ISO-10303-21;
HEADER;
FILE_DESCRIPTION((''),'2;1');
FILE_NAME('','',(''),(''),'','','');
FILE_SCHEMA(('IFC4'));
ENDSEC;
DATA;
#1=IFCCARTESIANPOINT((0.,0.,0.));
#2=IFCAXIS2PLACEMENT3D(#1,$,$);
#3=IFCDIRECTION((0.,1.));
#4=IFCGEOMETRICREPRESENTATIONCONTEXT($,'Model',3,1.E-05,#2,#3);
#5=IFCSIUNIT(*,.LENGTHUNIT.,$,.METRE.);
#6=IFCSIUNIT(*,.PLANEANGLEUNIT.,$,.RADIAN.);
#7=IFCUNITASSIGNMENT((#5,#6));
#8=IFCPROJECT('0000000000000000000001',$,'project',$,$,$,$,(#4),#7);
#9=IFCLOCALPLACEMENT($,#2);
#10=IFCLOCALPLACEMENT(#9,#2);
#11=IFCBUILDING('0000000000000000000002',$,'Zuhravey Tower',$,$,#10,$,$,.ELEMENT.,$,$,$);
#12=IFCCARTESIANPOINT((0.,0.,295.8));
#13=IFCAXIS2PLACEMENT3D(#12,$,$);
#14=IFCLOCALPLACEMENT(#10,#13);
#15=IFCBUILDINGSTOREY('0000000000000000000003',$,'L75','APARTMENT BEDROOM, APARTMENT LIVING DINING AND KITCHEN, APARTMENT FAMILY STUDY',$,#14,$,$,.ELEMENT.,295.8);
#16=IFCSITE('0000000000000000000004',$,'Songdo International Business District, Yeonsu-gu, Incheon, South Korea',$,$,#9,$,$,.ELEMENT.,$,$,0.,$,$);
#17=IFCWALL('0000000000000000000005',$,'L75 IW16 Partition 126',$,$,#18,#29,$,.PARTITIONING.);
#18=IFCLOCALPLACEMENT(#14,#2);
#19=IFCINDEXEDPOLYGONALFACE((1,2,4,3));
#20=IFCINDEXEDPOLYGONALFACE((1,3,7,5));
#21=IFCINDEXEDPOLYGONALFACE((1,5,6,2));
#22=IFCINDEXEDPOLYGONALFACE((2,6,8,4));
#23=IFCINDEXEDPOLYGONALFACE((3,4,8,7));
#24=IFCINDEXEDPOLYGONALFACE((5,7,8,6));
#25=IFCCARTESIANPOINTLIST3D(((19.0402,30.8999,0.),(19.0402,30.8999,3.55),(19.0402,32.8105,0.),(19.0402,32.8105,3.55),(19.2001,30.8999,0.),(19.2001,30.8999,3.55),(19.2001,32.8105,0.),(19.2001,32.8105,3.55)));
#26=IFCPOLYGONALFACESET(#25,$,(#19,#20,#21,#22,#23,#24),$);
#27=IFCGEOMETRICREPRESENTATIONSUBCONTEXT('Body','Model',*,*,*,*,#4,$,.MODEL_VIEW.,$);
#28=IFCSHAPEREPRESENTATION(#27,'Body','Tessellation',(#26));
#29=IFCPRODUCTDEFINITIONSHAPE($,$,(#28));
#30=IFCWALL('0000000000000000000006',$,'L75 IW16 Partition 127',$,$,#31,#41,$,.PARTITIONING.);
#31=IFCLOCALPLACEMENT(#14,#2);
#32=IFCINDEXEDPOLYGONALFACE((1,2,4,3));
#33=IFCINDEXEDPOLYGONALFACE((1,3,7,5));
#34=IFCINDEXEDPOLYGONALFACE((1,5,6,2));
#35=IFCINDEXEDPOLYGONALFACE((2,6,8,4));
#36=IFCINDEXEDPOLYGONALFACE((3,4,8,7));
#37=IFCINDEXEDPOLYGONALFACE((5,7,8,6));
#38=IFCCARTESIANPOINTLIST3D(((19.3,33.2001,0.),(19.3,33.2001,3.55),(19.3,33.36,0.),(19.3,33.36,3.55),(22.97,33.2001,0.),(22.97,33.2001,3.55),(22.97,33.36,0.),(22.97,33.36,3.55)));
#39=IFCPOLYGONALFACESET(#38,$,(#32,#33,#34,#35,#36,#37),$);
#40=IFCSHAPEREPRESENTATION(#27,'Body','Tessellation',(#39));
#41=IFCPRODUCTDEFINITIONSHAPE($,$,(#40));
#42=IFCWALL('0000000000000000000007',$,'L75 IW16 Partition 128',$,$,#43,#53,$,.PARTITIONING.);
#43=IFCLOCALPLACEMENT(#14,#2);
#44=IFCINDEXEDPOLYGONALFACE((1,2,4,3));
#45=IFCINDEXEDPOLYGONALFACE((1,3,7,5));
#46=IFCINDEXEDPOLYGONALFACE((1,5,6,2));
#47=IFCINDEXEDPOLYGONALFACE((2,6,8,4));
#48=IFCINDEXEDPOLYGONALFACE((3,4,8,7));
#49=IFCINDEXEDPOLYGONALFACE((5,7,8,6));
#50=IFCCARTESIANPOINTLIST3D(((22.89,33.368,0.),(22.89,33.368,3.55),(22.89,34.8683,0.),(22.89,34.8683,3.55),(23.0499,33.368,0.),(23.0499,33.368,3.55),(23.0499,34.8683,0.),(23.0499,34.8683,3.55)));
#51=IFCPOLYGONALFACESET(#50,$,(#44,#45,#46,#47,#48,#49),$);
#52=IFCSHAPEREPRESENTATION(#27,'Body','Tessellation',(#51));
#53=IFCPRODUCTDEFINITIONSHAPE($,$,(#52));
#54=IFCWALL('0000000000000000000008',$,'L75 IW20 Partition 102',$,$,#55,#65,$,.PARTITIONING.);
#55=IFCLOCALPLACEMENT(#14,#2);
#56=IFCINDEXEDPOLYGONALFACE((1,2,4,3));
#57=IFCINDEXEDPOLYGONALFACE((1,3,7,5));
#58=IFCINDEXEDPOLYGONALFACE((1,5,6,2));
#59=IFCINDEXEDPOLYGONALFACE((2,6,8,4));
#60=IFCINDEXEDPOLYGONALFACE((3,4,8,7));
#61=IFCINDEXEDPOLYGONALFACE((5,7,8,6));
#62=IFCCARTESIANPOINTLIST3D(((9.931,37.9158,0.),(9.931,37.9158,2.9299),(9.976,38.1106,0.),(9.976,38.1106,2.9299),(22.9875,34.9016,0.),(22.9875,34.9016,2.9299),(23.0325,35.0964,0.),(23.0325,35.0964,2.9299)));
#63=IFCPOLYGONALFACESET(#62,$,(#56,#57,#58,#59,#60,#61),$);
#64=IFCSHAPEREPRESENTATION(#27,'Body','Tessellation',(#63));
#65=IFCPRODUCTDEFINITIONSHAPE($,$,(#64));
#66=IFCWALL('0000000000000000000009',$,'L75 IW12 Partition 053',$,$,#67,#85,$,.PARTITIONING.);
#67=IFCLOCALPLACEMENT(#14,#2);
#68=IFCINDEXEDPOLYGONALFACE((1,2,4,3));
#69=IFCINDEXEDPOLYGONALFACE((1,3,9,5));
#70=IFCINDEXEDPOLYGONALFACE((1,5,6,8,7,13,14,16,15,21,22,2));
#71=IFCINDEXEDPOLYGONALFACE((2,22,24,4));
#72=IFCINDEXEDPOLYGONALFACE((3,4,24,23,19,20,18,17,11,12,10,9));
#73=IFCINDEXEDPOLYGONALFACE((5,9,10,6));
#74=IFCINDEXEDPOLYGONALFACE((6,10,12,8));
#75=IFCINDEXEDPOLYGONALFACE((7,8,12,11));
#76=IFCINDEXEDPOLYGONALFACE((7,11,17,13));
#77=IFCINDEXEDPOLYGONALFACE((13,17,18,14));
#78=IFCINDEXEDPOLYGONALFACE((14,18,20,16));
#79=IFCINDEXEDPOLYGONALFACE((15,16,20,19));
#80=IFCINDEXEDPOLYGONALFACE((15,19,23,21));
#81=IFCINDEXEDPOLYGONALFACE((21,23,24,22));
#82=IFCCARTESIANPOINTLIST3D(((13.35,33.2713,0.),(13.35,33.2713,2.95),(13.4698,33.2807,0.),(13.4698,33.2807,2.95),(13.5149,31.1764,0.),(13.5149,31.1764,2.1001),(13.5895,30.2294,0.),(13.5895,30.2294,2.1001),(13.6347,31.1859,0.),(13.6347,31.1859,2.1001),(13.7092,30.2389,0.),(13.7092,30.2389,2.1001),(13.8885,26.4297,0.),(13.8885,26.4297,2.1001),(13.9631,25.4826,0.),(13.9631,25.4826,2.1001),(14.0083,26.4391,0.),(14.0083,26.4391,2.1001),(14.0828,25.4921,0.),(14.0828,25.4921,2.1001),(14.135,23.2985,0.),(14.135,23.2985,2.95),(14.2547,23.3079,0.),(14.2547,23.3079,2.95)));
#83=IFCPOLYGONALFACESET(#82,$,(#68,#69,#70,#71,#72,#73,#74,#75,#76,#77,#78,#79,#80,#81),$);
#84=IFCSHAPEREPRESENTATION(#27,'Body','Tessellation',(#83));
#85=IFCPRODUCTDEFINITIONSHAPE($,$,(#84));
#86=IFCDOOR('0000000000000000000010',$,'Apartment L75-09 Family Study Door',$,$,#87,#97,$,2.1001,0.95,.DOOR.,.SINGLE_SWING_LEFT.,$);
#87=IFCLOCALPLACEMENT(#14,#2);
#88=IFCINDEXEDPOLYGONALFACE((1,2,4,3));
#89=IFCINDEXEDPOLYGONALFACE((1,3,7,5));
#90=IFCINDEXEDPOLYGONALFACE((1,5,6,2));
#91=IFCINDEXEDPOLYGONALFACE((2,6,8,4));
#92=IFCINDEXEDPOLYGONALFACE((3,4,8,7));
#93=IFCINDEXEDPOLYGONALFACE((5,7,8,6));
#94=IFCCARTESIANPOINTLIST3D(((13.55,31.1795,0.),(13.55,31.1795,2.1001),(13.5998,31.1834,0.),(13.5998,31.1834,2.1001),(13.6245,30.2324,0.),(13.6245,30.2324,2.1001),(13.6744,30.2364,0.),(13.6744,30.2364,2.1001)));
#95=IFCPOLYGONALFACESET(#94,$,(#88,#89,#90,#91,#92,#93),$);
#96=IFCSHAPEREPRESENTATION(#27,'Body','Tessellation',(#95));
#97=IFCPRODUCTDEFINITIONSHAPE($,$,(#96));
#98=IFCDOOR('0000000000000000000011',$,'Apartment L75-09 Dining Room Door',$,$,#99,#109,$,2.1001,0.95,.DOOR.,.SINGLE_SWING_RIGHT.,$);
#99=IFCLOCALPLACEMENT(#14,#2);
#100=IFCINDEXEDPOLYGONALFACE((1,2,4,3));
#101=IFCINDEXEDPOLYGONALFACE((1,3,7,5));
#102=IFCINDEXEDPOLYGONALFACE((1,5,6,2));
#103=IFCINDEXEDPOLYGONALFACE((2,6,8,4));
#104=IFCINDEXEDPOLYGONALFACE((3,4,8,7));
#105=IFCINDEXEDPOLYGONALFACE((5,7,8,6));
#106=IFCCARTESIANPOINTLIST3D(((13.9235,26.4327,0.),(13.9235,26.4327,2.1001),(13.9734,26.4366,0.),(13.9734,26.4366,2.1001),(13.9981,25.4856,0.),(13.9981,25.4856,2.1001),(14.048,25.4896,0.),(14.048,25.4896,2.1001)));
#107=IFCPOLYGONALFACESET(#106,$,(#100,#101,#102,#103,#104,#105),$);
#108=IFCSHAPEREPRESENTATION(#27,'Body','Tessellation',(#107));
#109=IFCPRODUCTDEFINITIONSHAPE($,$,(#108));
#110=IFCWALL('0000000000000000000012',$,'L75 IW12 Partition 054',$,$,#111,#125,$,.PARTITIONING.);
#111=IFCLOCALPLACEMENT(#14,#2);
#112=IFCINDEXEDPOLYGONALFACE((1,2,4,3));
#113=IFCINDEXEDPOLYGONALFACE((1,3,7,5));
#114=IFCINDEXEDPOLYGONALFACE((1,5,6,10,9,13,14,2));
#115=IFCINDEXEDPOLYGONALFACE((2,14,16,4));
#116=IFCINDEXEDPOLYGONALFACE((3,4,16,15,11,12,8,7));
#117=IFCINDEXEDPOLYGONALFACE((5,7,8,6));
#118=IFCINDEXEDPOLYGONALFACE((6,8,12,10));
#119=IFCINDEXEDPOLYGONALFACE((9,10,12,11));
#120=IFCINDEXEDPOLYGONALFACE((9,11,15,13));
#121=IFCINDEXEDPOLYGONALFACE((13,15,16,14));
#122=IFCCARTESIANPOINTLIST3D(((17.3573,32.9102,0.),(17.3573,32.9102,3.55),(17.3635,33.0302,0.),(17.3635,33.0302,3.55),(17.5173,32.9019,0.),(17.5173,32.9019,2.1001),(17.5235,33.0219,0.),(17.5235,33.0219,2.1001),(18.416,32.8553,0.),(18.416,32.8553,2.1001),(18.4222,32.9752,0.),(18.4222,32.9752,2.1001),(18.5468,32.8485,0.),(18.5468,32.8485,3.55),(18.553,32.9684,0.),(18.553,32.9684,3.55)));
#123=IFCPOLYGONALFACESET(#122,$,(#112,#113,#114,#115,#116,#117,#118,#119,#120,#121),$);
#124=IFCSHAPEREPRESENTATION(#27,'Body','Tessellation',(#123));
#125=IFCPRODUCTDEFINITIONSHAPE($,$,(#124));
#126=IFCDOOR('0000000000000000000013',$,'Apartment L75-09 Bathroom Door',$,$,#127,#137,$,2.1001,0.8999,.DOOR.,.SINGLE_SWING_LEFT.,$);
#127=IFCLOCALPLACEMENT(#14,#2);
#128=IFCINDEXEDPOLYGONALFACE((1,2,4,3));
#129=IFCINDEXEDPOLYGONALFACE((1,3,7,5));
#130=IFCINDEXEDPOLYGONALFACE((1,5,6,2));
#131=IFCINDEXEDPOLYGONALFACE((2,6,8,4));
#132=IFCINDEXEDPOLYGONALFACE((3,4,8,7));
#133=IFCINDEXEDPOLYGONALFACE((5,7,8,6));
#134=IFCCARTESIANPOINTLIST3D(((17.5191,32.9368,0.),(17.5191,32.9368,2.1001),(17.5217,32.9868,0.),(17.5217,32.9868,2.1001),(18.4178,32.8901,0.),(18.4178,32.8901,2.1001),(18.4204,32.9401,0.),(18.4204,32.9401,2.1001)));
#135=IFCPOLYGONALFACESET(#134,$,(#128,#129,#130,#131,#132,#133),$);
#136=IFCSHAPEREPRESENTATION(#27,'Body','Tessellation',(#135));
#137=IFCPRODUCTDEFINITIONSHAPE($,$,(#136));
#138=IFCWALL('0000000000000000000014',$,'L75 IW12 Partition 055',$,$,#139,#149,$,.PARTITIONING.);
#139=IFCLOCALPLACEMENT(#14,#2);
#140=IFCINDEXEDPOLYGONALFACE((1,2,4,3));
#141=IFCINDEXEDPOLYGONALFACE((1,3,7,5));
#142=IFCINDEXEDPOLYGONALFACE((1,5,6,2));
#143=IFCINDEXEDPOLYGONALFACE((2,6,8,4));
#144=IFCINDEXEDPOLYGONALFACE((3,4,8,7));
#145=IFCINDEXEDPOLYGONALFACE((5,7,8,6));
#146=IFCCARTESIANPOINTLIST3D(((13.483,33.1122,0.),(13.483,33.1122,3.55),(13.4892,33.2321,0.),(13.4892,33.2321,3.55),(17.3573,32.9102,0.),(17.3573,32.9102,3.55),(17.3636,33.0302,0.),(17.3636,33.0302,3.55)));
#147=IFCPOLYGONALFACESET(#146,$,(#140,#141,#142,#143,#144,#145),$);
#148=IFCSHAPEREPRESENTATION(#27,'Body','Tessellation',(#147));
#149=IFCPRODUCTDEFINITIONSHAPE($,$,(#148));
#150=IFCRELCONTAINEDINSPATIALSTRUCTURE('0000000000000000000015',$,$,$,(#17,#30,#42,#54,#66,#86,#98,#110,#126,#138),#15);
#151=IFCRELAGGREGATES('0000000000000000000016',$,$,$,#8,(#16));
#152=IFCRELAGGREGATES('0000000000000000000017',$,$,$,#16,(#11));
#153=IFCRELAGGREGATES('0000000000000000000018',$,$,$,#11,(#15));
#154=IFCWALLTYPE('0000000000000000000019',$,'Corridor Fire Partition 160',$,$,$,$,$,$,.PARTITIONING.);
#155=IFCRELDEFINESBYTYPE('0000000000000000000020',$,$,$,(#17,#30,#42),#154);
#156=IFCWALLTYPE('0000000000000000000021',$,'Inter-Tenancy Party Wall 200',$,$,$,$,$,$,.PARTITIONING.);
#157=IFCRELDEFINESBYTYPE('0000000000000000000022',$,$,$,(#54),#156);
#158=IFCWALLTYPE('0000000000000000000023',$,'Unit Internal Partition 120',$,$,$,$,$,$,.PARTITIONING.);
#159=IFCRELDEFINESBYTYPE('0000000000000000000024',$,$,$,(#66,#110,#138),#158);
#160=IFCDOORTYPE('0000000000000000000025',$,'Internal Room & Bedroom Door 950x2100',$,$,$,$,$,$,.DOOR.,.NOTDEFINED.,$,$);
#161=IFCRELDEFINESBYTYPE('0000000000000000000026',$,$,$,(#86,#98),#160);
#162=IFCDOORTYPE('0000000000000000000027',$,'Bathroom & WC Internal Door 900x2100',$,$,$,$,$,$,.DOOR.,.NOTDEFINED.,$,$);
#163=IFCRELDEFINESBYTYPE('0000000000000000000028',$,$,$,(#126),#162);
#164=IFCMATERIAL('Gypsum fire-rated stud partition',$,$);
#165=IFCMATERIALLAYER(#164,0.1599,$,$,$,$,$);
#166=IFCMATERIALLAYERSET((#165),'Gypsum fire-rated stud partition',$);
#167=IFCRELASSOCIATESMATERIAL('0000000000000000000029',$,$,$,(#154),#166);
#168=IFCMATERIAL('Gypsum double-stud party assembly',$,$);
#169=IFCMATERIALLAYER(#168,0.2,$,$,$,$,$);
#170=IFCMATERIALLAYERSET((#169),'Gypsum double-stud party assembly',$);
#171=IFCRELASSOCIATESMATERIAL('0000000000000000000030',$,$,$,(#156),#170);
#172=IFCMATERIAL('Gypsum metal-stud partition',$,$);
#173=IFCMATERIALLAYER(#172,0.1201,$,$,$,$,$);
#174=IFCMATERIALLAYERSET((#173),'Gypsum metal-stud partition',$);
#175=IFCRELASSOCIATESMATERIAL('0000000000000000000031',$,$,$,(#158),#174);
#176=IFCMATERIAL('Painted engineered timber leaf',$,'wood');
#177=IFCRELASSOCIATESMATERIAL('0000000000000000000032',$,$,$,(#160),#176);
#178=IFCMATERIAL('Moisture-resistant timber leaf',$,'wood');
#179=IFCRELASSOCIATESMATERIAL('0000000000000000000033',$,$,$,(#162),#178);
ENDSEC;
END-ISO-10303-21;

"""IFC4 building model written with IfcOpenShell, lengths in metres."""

from ifc_helpers import new_model, si_unit, direction, frame, frame_2d, origin, place, context, subcontext, project, spatial, rectangle, extrude, material, layer, layer_set, type_object, element, fill, save


model = new_model("IFC4")

# Units and contexts
model_context = context("Model", 3, precision=1e-05, world=origin(), true_north=direction((0.0, 1.0)))
body_context = subcontext(model_context, "Body", "Model", "MODEL_VIEW")
ifc_project = project(units=[si_unit("LENGTHUNIT", "METRE"), si_unit("PLANEANGLEUNIT", "RADIAN")], contexts=[model_context])

# Site, building, storey
site_placement = place(None, origin())
site = spatial("IfcSite", under=ifc_project, at=site_placement, Name="Songdo International Business District, Yeonsu-gu, Incheon, South Korea", CompositionType="ELEMENT", RefElevation=0.0)
building_placement = place(site_placement, origin())
building = spatial("IfcBuilding", under=site, at=building_placement, Name="Zuhravey Tower", CompositionType="ELEMENT")
storey_placement = place(building_placement, frame((0.0, 0.0, 295.8)))
storey = spatial("IfcBuildingStorey", under=building, at=storey_placement, Name="L75", Description="APARTMENT BEDROOM, APARTMENT LIVING DINING AND KITCHEN, APARTMENT FAMILY STUDY", CompositionType="ELEMENT", Elevation=295.8)

# Shared definitions
ifc_material_1 = material(Name="Gypsum fire-rated stud partition")
ifc_layer_1 = layer(ifc_material_1, 0.1599)
ifc_layer_set_1 = layer_set([ifc_layer_1], Name="Gypsum fire-rated stud partition")
wall_type_1 = type_object("IfcWallType", Name="Corridor Fire Partition 160", PredefinedType="PARTITIONING", material=ifc_layer_set_1)

# Walls
wall_1_placement = place(storey_placement, frame((19.1201, 32.8105, 0.0), z_axis=(0.0, 0.0, 1.0), x_axis=(0.0, -1.0, 0.0)))
element("IfcWall", 1, at=wall_1_placement, inside=storey, type_object=wall_type_1, Name="L75 IW16 Partition 126", PredefinedType="PARTITIONING", context=body_context, shape_type="SweptSolid", body=[
    extrude(rectangle(XDim=1.9106, YDim=0.1599, at=frame_2d((0.9553, 0.0))), origin(), (0.0, 0.0, 1.0), 3.55),
])
wall_2_placement = place(storey_placement, frame((22.97, 33.28, 0.0), z_axis=(0.0, 0.0, 1.0), x_axis=(-1.0, 0.0, 0.0)))
element("IfcWall", 2, at=wall_2_placement, inside=storey, type_object=wall_type_1, Name="L75 IW16 Partition 127", PredefinedType="PARTITIONING", context=body_context, shape_type="SweptSolid", body=[
    extrude(rectangle(XDim=3.6699, YDim=0.1599, at=frame_2d((1.835, 0.0))), origin(), (0.0, 0.0, 1.0), 3.55),
])
wall_3_placement = place(storey_placement, frame((22.97, 34.8682, 0.0), z_axis=(0.0, 0.0, 1.0), x_axis=(0.0, -1.0, 0.0)))
element("IfcWall", 3, at=wall_3_placement, inside=storey, type_object=wall_type_1, Name="L75 IW16 Partition 128", PredefinedType="PARTITIONING", context=body_context, shape_type="SweptSolid", body=[
    extrude(rectangle(XDim=1.5002, YDim=0.1599, at=frame_2d((0.75, 0.0))), origin(), (0.0, 0.0, 1.0), 3.55),
])
ifc_material_2 = material(Name="Gypsum double-stud party assembly")
ifc_layer_2 = layer(ifc_material_2, 0.2)
ifc_layer_set_2 = layer_set([ifc_layer_2], Name="Gypsum double-stud party assembly")
wall_type_2 = type_object("IfcWallType", Name="Inter-Tenancy Party Wall 200", PredefinedType="PARTITIONING", material=ifc_layer_set_2)
wall_4_placement = place(storey_placement, frame((23.01, 34.999, 0.0), z_axis=(0.0, 0.0, 1.0), x_axis=(-0.974372, 0.224941, 0.0)))
element("IfcWall", 4, at=wall_4_placement, inside=storey, type_object=wall_type_2, Name="L75 IW20 Partition 102", PredefinedType="PARTITIONING", context=body_context, shape_type="SweptSolid", body=[
    extrude(rectangle(XDim=13.3999, YDim=0.2, at=frame_2d((6.7, 0.0))), origin(), (0.0, 0.0, 1.0), 2.9299),
])

# Wall, openings, doors
ifc_material_3 = material(Name="Gypsum metal-stud partition")
ifc_layer_3 = layer(ifc_material_3, 0.1201)
ifc_layer_set_3 = layer_set([ifc_layer_3], Name="Gypsum metal-stud partition")
wall_type_3 = type_object("IfcWallType", Name="Unit Internal Partition 120", PredefinedType="PARTITIONING", material=ifc_layer_set_3)
wall_5_placement = place(storey_placement, frame((13.4099, 33.2761, 0.0), z_axis=(0.0, 0.0, 1.0), x_axis=(0.078462, -0.996917, 0.0)))
wall_5 = element("IfcWall", 5, at=wall_5_placement, inside=storey, type_object=wall_type_3, Name="L75 IW12 Partition 053", PredefinedType="PARTITIONING", context=body_context, shape_type="SweptSolid", body=[
    extrude(rectangle(XDim=10.0037, YDim=0.1201, at=frame_2d((5.002, 0.0))), origin(), (0.0, 0.0, 1.0), 2.95),
])
opening_1_placement = place(wall_5_placement, frame((2.1013, 0.0, 0.0)))
opening_1 = element("IfcOpeningElement", 6, at=opening_1_placement, cuts=wall_5, PredefinedType="OPENING", context=body_context, shape_type="SweptSolid", body=[
    extrude(rectangle(XDim=0.95, YDim=2.1001, at=frame_2d((0.4751, 1.05))), frame((0.0, 0.072, 0.0), z_axis=(0.0, -1.0, 0.0), x_axis=(1.0, 0.0, 0.0)), (0.0, 0.0, 1.0), 0.144),
])
opening_2_placement = place(wall_5_placement, frame((6.8628, 0.0, 0.0)))
opening_2 = element("IfcOpeningElement", 7, at=opening_2_placement, cuts=wall_5, PredefinedType="OPENING", context=body_context, shape_type="SweptSolid", body=[
    extrude(rectangle(XDim=0.95, YDim=2.1001, at=frame_2d((0.4751, 1.05))), frame((0.0, 0.072, 0.0), z_axis=(0.0, -1.0, 0.0), x_axis=(1.0, 0.0, 0.0)), (0.0, 0.0, 1.0), 0.144),
])
ifc_material_4 = material(Name="Painted engineered timber leaf", Category="wood")
door_type_1 = type_object("IfcDoorType", Name="Internal Room & Bedroom Door 950x2100", OperationType="NOTDEFINED", PredefinedType="DOOR", material=ifc_material_4)
door_1_placement = place(opening_1_placement, frame((0.95, 0.0, 0.0), z_axis=(0.0, 0.0, 1.0), x_axis=(-1.0, 0.0, 0.0)))
door_1 = element("IfcDoor", 8, at=door_1_placement, inside=storey, type_object=door_type_1, Name="Apartment L75-09 Family Study Door", OperationType="SINGLE_SWING_LEFT", OverallHeight=2.1001, OverallWidth=0.95, PredefinedType="DOOR", context=body_context, shape_type="SweptSolid", body=[
    extrude(rectangle(XDim=0.95, YDim=2.1001, at=frame_2d((0.4751, 1.05))), frame((0.0, 0.0249, 0.0), z_axis=(0.0, -1.0, 0.0), x_axis=(1.0, 0.0, 0.0)), (0.0, 0.0, 1.0), 0.05),
])
fill(opening_1, door_1)
door_2_placement = place(opening_2_placement, frame((0.95, 0.0, 0.0), z_axis=(0.0, 0.0, 1.0), x_axis=(-1.0, 0.0, 0.0)))
door_2 = element("IfcDoor", 9, at=door_2_placement, inside=storey, type_object=door_type_1, Name="Apartment L75-09 Dining Room Door", OperationType="SINGLE_SWING_RIGHT", OverallHeight=2.1001, OverallWidth=0.95, PredefinedType="DOOR", context=body_context, shape_type="SweptSolid", body=[
    extrude(rectangle(XDim=0.95, YDim=2.1001, at=frame_2d((0.4751, 1.05))), frame((0.0, 0.0249, 0.0), z_axis=(0.0, -1.0, 0.0), x_axis=(1.0, 0.0, 0.0)), (0.0, 0.0, 1.0), 0.05),
])
fill(opening_2, door_2)

# Wall, opening, door
wall_6_placement = place(storey_placement, frame((18.55, 32.9084, 0.0), z_axis=(0.0, 0.0, 1.0), x_axis=(-0.998654, 0.05186, 0.0)))
wall_6 = element("IfcWall", 10, at=wall_6_placement, inside=storey, type_object=wall_type_3, Name="L75 IW12 Partition 054", PredefinedType="PARTITIONING", context=body_context, shape_type="SweptSolid", body=[
    extrude(rectangle(XDim=1.1912, YDim=0.1201, at=frame_2d((0.5957, 0.0))), origin(), (0.0, 0.0, 1.0), 3.55),
])
opening_3_placement = place(wall_6_placement, frame((0.1311, 0.0, 0.0)))
opening_3 = element("IfcOpeningElement", 11, at=opening_3_placement, cuts=wall_6, PredefinedType="OPENING", context=body_context, shape_type="SweptSolid", body=[
    extrude(rectangle(XDim=0.8999, YDim=2.1001, at=frame_2d((0.45, 1.05))), frame((0.0, 0.072, 0.0), z_axis=(0.0, -1.0, 0.0), x_axis=(1.0, 0.0, 0.0)), (0.0, 0.0, 1.0), 0.144),
])
ifc_material_5 = material(Name="Moisture-resistant timber leaf", Category="wood")
door_type_2 = type_object("IfcDoorType", Name="Bathroom & WC Internal Door 900x2100", OperationType="NOTDEFINED", PredefinedType="DOOR", material=ifc_material_5)
door_3_placement = place(opening_3_placement, frame((0.8999, 0.0, 0.0), z_axis=(0.0, 0.0, 1.0), x_axis=(-1.0, 0.0, 0.0)))
door_3 = element("IfcDoor", 12, at=door_3_placement, inside=storey, type_object=door_type_2, Name="Apartment L75-09 Bathroom Door", OperationType="SINGLE_SWING_LEFT", OverallHeight=2.1001, OverallWidth=0.8999, PredefinedType="DOOR", context=body_context, shape_type="SweptSolid", body=[
    extrude(rectangle(XDim=0.8999, YDim=2.1001, at=frame_2d((0.45, 1.05))), frame((0.0, 0.0249, 0.0), z_axis=(0.0, -1.0, 0.0), x_axis=(1.0, 0.0, 0.0)), (0.0, 0.0, 1.0), 0.05),
])
fill(opening_3, door_3)

# Wall
wall_7_placement = place(storey_placement, frame((17.3606, 32.9702, 0.0), z_axis=(0.0, 0.0, 1.0), x_axis=(-0.998645, 0.052044, 0.0)))
element("IfcWall", 13, at=wall_7_placement, inside=storey, type_object=wall_type_3, Name="L75 IW12 Partition 055", PredefinedType="PARTITIONING", context=body_context, shape_type="SweptSolid", body=[
    extrude(rectangle(XDim=3.8796, YDim=0.1201, at=frame_2d((1.9399, 0.0))), origin(), (0.0, 0.0, 1.0), 3.55),
])

save(model, "model.ifc")
